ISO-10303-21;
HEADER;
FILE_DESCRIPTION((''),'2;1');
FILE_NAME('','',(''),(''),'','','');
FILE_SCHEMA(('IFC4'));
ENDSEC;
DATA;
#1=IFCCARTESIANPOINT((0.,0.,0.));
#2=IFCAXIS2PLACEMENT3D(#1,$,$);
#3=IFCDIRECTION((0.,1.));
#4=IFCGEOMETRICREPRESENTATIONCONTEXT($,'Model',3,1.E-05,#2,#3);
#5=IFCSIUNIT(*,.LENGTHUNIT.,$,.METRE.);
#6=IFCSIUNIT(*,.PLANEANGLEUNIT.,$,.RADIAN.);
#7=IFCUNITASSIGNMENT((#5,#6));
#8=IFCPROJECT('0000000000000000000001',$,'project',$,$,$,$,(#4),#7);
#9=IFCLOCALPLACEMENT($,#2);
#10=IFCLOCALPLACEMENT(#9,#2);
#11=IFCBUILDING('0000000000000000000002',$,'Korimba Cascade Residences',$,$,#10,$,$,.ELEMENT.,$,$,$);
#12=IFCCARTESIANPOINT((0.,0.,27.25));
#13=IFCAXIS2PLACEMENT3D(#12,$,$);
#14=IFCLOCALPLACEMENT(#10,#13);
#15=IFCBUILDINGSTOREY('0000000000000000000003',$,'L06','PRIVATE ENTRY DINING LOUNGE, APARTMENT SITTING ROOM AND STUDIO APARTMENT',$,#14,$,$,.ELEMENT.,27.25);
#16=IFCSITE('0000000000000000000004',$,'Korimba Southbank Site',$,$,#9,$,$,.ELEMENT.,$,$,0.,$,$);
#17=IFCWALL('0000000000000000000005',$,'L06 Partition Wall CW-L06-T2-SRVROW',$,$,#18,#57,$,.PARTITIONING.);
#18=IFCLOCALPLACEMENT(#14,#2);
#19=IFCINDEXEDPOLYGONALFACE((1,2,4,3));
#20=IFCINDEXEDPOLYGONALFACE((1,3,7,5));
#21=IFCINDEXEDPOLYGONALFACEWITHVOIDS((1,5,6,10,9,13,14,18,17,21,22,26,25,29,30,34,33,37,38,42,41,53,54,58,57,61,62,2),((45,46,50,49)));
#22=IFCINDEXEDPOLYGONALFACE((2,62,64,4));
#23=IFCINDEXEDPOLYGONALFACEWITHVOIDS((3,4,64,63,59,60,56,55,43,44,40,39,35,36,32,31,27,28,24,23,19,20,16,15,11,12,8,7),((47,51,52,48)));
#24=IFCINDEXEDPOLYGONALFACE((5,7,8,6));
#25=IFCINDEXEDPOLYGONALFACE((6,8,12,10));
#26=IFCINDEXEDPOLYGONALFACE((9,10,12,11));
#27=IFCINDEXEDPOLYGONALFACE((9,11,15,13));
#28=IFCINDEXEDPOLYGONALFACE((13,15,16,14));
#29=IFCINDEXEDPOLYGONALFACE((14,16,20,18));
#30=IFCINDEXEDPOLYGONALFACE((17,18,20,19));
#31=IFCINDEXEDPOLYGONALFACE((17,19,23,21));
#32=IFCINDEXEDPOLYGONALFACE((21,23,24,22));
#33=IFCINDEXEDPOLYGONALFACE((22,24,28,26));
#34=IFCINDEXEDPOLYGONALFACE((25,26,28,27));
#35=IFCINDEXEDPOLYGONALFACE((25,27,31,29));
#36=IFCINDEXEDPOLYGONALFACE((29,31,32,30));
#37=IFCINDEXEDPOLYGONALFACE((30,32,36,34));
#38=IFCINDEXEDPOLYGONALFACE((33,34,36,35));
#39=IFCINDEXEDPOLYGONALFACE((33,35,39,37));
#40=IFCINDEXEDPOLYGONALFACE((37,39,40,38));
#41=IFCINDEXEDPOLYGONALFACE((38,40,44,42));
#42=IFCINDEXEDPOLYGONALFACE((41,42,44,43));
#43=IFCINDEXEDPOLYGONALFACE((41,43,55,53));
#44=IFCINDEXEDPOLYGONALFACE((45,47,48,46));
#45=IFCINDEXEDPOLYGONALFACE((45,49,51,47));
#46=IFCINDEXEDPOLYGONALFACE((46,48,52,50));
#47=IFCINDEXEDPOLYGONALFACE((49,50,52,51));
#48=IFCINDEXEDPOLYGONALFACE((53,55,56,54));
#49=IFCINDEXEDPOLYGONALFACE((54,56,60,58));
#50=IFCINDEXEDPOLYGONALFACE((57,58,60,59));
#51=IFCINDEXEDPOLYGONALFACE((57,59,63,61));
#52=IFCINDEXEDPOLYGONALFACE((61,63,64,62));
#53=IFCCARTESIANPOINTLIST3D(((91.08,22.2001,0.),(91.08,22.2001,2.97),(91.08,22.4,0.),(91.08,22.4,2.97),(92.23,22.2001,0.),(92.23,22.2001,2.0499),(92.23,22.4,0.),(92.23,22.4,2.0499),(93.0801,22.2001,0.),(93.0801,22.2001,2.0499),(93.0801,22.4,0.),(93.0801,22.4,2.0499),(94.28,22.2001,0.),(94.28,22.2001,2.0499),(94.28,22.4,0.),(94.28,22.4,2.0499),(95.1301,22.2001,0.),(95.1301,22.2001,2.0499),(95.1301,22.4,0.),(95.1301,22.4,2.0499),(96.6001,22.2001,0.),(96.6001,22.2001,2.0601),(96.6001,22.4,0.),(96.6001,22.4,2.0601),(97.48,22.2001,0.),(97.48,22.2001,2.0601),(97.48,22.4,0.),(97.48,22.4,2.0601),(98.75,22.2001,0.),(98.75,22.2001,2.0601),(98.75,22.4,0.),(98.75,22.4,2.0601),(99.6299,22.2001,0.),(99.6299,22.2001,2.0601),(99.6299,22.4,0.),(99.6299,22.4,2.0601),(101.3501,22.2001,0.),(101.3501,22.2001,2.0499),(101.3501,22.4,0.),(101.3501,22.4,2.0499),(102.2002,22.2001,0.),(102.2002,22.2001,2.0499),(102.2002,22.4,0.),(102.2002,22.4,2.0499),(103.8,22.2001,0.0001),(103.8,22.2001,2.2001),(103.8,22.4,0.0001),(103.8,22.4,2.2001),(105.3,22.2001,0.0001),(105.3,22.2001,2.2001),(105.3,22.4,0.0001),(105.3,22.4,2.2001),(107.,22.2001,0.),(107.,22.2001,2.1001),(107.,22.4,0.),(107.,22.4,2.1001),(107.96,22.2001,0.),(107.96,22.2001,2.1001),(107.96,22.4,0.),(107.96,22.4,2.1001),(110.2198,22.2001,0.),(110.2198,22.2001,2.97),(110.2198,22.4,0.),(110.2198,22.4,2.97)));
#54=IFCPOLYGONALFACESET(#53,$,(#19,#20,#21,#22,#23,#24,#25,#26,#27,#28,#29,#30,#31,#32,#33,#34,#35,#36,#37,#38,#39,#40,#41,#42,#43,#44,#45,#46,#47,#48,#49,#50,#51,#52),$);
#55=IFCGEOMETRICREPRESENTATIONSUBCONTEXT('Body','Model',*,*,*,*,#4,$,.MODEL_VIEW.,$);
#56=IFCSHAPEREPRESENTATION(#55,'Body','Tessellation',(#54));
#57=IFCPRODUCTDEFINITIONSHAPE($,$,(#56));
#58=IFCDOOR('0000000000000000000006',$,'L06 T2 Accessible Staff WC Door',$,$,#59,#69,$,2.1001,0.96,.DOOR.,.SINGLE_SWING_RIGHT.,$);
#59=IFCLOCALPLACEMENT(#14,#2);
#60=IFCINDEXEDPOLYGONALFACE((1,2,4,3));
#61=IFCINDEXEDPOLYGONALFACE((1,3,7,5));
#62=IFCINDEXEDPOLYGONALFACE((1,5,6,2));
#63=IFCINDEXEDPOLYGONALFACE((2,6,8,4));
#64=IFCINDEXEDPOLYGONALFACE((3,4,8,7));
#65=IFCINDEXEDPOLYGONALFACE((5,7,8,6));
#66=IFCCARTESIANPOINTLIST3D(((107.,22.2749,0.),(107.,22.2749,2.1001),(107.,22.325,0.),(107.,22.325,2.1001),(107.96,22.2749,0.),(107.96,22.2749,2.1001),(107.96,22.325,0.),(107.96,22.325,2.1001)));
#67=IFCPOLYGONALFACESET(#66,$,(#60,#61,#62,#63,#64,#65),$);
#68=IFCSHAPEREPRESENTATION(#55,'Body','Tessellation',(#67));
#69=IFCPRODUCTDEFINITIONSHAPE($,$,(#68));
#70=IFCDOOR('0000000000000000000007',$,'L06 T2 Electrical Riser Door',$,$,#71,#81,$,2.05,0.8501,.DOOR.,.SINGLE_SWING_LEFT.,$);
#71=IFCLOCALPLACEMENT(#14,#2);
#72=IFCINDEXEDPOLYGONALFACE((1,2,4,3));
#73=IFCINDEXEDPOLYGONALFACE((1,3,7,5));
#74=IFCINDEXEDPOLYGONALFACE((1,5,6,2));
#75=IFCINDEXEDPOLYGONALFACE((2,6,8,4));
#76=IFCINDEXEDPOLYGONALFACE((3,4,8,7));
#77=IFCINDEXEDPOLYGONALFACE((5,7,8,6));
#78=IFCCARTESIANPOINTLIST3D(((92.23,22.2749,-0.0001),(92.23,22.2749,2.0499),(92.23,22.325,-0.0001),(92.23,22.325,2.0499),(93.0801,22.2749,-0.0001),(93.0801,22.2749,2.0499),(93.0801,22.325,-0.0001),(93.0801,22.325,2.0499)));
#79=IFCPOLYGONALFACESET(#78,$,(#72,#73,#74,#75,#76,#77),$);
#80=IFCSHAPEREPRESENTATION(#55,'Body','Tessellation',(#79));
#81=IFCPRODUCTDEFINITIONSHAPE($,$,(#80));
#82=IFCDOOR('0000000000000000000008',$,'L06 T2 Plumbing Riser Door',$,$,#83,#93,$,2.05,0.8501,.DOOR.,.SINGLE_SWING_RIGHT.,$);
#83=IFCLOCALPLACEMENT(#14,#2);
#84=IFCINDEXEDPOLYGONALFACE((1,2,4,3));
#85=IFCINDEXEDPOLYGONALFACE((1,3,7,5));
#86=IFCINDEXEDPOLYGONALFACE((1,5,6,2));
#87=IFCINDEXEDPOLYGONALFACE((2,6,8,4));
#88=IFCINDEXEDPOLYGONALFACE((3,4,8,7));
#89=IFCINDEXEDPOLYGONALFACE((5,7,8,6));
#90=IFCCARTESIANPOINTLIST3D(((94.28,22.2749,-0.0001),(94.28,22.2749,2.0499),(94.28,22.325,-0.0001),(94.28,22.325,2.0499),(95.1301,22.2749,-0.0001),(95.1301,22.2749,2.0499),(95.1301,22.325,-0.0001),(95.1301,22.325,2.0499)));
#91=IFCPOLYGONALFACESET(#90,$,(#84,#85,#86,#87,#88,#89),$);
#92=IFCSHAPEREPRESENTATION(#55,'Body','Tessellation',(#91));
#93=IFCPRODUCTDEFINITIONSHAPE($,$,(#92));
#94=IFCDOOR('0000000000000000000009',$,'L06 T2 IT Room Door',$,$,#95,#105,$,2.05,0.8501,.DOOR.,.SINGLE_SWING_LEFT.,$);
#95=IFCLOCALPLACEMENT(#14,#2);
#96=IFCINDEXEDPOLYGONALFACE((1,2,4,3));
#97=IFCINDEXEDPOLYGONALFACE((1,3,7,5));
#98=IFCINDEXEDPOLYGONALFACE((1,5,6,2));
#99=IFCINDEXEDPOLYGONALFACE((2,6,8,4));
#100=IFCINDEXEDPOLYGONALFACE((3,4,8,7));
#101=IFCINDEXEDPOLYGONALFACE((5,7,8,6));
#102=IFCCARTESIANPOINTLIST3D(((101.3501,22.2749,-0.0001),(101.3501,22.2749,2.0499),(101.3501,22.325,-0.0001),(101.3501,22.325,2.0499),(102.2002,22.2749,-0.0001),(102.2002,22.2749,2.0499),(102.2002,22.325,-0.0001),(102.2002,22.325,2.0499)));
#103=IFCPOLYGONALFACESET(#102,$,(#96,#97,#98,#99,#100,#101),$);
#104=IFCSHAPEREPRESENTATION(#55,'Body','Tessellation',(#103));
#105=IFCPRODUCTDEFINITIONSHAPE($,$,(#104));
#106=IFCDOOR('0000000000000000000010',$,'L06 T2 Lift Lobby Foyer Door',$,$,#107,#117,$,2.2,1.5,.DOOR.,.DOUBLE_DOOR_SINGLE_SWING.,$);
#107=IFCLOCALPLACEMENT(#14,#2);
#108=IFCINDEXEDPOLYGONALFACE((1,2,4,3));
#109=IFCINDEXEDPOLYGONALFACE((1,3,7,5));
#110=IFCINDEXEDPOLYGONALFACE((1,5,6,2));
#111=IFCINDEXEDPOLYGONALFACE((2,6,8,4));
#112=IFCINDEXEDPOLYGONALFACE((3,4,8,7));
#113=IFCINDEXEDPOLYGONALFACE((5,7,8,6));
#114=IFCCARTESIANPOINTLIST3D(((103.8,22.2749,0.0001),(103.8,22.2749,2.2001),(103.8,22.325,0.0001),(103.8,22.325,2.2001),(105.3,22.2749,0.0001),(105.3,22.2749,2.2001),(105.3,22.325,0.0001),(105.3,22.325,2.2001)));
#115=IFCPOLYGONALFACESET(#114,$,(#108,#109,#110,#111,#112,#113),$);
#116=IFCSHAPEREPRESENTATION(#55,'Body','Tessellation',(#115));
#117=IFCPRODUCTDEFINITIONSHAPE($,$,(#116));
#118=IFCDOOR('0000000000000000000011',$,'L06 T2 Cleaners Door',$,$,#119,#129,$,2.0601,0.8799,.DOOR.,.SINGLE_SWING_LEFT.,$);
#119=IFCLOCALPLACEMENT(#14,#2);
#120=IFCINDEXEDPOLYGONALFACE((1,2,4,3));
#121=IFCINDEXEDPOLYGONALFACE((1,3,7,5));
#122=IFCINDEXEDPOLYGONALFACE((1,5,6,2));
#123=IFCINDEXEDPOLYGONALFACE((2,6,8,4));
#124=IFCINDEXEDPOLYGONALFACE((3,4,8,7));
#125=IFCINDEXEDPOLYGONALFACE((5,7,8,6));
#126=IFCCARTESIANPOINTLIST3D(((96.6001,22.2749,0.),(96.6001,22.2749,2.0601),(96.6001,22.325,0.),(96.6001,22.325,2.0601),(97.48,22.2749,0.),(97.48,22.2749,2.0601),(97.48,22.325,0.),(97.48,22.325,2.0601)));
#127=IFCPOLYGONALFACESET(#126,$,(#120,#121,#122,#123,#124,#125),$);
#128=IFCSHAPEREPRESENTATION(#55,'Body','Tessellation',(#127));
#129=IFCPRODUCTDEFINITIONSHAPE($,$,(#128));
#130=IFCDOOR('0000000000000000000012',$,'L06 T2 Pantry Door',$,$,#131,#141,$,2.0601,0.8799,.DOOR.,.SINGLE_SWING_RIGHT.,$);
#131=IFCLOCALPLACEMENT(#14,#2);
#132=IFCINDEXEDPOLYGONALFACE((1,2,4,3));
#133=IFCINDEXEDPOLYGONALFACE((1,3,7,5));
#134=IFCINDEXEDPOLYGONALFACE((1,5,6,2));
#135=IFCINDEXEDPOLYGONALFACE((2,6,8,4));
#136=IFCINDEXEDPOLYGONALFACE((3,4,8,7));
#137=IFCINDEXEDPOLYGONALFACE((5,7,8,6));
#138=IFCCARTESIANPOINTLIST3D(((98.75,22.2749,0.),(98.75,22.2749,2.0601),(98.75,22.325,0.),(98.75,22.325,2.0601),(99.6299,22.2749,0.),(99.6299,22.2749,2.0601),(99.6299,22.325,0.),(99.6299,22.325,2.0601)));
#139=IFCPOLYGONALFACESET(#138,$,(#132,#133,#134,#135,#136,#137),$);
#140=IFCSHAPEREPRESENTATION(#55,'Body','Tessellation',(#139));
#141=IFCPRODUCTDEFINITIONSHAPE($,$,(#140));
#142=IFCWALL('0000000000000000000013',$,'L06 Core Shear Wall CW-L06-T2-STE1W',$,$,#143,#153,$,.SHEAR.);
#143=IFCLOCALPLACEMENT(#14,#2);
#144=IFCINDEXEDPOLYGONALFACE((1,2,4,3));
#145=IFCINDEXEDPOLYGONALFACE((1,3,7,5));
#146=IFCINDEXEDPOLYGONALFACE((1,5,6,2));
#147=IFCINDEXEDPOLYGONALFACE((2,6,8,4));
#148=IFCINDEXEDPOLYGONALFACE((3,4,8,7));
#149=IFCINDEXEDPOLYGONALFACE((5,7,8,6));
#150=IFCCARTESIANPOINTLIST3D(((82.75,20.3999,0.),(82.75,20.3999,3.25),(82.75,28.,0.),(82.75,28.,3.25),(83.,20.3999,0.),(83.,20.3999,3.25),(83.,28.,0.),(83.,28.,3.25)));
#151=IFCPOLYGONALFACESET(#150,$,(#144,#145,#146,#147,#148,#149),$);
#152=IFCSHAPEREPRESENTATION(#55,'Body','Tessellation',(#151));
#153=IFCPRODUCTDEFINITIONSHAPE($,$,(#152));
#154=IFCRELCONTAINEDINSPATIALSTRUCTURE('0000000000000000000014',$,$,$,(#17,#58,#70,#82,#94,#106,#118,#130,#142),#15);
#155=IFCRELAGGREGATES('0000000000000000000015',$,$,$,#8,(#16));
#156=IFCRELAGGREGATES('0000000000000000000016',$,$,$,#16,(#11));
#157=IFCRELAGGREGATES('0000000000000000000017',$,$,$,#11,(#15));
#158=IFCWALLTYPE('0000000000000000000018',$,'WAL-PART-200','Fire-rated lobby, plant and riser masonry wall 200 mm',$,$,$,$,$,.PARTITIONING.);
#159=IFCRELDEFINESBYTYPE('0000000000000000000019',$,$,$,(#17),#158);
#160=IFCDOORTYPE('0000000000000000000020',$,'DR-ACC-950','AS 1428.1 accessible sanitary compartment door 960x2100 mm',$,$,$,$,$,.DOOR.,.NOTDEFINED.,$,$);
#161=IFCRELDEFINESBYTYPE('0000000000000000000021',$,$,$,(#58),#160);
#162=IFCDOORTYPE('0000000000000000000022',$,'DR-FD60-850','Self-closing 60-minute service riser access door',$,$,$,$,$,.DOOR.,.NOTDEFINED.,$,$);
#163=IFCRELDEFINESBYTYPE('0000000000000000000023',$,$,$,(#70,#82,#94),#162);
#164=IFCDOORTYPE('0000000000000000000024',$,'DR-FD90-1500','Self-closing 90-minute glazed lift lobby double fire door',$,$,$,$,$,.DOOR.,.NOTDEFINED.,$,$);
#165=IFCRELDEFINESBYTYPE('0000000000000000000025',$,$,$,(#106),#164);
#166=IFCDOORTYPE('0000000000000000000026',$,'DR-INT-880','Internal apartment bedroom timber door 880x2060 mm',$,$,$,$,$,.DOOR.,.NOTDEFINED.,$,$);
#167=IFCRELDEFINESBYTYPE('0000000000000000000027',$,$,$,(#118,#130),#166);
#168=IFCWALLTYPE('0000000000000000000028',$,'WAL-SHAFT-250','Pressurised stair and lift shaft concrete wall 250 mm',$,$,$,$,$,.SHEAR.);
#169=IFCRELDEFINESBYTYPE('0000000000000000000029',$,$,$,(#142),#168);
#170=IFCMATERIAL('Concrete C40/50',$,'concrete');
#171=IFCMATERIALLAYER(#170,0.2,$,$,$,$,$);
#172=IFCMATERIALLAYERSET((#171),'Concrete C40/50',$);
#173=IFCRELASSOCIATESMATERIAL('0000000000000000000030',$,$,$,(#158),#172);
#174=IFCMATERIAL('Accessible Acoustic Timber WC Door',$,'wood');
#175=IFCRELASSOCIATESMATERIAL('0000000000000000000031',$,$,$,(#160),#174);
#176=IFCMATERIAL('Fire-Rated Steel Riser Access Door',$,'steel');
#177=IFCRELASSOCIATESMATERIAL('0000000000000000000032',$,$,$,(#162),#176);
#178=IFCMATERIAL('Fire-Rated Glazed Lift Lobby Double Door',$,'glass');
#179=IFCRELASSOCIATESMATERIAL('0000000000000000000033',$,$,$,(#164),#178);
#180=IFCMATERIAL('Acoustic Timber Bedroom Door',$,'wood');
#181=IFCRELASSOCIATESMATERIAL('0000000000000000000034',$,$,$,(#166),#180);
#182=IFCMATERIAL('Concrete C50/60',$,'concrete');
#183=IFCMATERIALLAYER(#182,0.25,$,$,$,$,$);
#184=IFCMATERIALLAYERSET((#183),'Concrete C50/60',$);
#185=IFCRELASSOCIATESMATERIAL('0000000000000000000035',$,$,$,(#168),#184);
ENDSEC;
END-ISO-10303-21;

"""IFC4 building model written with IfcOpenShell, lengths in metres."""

from ifc_helpers import new_model, si_unit, direction, frame, frame_2d, origin, place, context, subcontext, project, spatial, rectangle, extrude, material, layer, layer_set, type_object, element, fill, save


model = new_model("IFC4")

# Units and contexts
model_context = context("Model", 3, precision=1e-05, world=origin(), true_north=direction((0.0, 1.0)))
body_context = subcontext(model_context, "Body", "Model", "MODEL_VIEW")
ifc_project = project(units=[si_unit("LENGTHUNIT", "METRE"), si_unit("PLANEANGLEUNIT", "RADIAN")], contexts=[model_context])

# Site, building, storey
site_placement = place(None, origin())
site = spatial("IfcSite", under=ifc_project, at=site_placement, Name="Korimba Southbank Site", CompositionType="ELEMENT", RefElevation=0.0)
building_placement = place(site_placement, origin())
building = spatial("IfcBuilding", under=site, at=building_placement, Name="Korimba Cascade Residences", CompositionType="ELEMENT")
storey_placement = place(building_placement, frame((0.0, 0.0, 27.25)))
storey = spatial("IfcBuildingStorey", under=building, at=storey_placement, Name="L06", Description="PRIVATE ENTRY DINING LOUNGE, APARTMENT SITTING ROOM AND STUDIO APARTMENT", CompositionType="ELEMENT", Elevation=27.25)

# Shared definitions
ifc_material_1 = material(Name="Concrete C50/60", Category="concrete")

# Shared definitions
ifc_material_2 = material(Name="Concrete C40/50", Category="concrete")
ifc_layer_1 = layer(ifc_material_2, 0.2)
ifc_layer_set_1 = layer_set([ifc_layer_1], Name="Concrete C40/50")
wall_type_1 = type_object("IfcWallType", Name="WAL-PART-200", Description="Fire-rated lobby, plant and riser masonry wall 200 mm", PredefinedType="PARTITIONING", material=ifc_layer_set_1)

# Wall, openings, doors
wall_1_placement = place(storey_placement, frame((91.0801, 22.3, 0.0), z_axis=(0.0, 0.0, 1.0), x_axis=(1.0, 0.0, 0.0)))
wall_1 = element("IfcWall", 1, at=wall_1_placement, inside=storey, type_object=wall_type_1, Name="L06 Partition Wall CW-L06-T2-SRVROW", PredefinedType="PARTITIONING", context=body_context, shape_type="SweptSolid", body=[
    extrude(rectangle(XDim=19.1399, YDim=0.2, at=frame_2d((9.5698, 0.0))), origin(), (0.0, 0.0, 1.0), 2.97),
])
opening_1_placement = place(wall_1_placement, frame((1.1499, 0.0, 0.0)))
opening_1 = element("IfcOpeningElement", 2, at=opening_1_placement, cuts=wall_1, PredefinedType="OPENING", context=body_context, shape_type="SweptSolid", body=[
    extrude(rectangle(XDim=0.8501, YDim=2.05, at=frame_2d((0.425, 1.0249))), frame((0.0, 0.1099, 0.0), z_axis=(0.0, -1.0, 0.0), x_axis=(1.0, 0.0, 0.0)), (0.0, 0.0, 1.0), 0.22),
])
opening_2_placement = place(wall_1_placement, frame((3.2, 0.0, 0.0)))
opening_2 = element("IfcOpeningElement", 3, at=opening_2_placement, cuts=wall_1, PredefinedType="OPENING", context=body_context, shape_type="SweptSolid", body=[
    extrude(rectangle(XDim=0.8501, YDim=2.05, at=frame_2d((0.425, 1.0249))), frame((0.0, 0.1099, 0.0), z_axis=(0.0, -1.0, 0.0), x_axis=(1.0, 0.0, 0.0)), (0.0, 0.0, 1.0), 0.22),
])
opening_3_placement = place(wall_1_placement, frame((12.72, 0.0, 0.0)))
opening_3 = element("IfcOpeningElement", 4, at=opening_3_placement, cuts=wall_1, PredefinedType="OPENING", context=body_context, shape_type="SweptSolid", body=[
    extrude(rectangle(XDim=1.5, YDim=2.2, at=frame_2d((0.75, 1.1001))), frame((0.0, 0.1099, 0.0), z_axis=(0.0, -1.0, 0.0), x_axis=(1.0, 0.0, 0.0)), (0.0, 0.0, 1.0), 0.22),
])
opening_4_placement = place(wall_1_placement, frame((5.52, 0.0, 0.0)))
opening_4 = element("IfcOpeningElement", 5, at=opening_4_placement, cuts=wall_1, PredefinedType="OPENING", context=body_context, shape_type="SweptSolid", body=[
    extrude(rectangle(XDim=0.8799, YDim=2.0601, at=frame_2d((0.4399, 1.03))), frame((0.0, 0.1099, 0.0), z_axis=(0.0, -1.0, 0.0), x_axis=(1.0, 0.0, 0.0)), (0.0, 0.0, 1.0), 0.22),
])
opening_5_placement = place(wall_1_placement, frame((7.6699, 0.0, 0.0)))
opening_5 = element("IfcOpeningElement", 6, at=opening_5_placement, cuts=wall_1, PredefinedType="OPENING", context=body_context, shape_type="SweptSolid", body=[
    extrude(rectangle(XDim=0.8799, YDim=2.0601, at=frame_2d((0.4399, 1.03))), frame((0.0, 0.1099, 0.0), z_axis=(0.0, -1.0, 0.0), x_axis=(1.0, 0.0, 0.0)), (0.0, 0.0, 1.0), 0.22),
])
opening_6_placement = place(wall_1_placement, frame((10.27, 0.0, 0.0)))
opening_6 = element("IfcOpeningElement", 7, at=opening_6_placement, cuts=wall_1, PredefinedType="OPENING", context=body_context, shape_type="SweptSolid", body=[
    extrude(rectangle(XDim=0.8501, YDim=2.05, at=frame_2d((0.425, 1.0249))), frame((0.0, 0.1099, 0.0), z_axis=(0.0, -1.0, 0.0), x_axis=(1.0, 0.0, 0.0)), (0.0, 0.0, 1.0), 0.22),
])
opening_7_placement = place(wall_1_placement, frame((15.9199, 0.0, 0.0)))
opening_7 = element("IfcOpeningElement", 8, at=opening_7_placement, cuts=wall_1, PredefinedType="OPENING", context=body_context, shape_type="SweptSolid", body=[
    extrude(rectangle(XDim=0.96, YDim=2.1001, at=frame_2d((0.48, 1.05))), frame((0.0, 0.1099, 0.0), z_axis=(0.0, -1.0, 0.0), x_axis=(1.0, 0.0, 0.0)), (0.0, 0.0, 1.0), 0.22),
])
ifc_material_3 = material(Name="Accessible Acoustic Timber WC Door", Category="wood")
door_type_1 = type_object("IfcDoorType", Name="DR-ACC-950", Description="AS 1428.1 accessible sanitary compartment door 960x2100 mm", OperationType="NOTDEFINED", PredefinedType="DOOR", material=ifc_material_3)
door_1_placement = place(opening_7_placement, origin())
door_1 = element("IfcDoor", 9, at=door_1_placement, inside=storey, type_object=door_type_1, Name="L06 T2 Accessible Staff WC Door", OperationType="SINGLE_SWING_RIGHT", OverallHeight=2.1001, OverallWidth=0.96, PredefinedType="DOOR", context=body_context, shape_type="SweptSolid", body=[
    extrude(rectangle(XDim=0.96, YDim=2.1001, at=frame_2d((0.48, 1.05))), frame((0.0, 0.0249, 0.0), z_axis=(0.0, -1.0, 0.0), x_axis=(1.0, 0.0, 0.0)), (0.0, 0.0, 1.0), 0.05),
])
fill(opening_7, door_1)
ifc_material_4 = material(Name="Fire-Rated Steel Riser Access Door", Category="steel")
door_type_2 = type_object("IfcDoorType", Name="DR-FD60-850", Description="Self-closing 60-minute service riser access door", OperationType="NOTDEFINED", PredefinedType="DOOR", material=ifc_material_4)
door_2_placement = place(opening_1_placement, origin())
door_2 = element("IfcDoor", 10, at=door_2_placement, inside=storey, type_object=door_type_2, Name="L06 T2 Electrical Riser Door", OperationType="SINGLE_SWING_LEFT", OverallHeight=2.05, OverallWidth=0.8501, PredefinedType="DOOR", context=body_context, shape_type="SweptSolid", body=[
    extrude(rectangle(XDim=0.8501, YDim=2.05, at=frame_2d((0.425, 1.0249))), frame((0.0, 0.0249, 0.0), z_axis=(0.0, -1.0, 0.0), x_axis=(1.0, 0.0, 0.0)), (0.0, 0.0, 1.0), 0.05),
])
fill(opening_1, door_2)
door_3_placement = place(opening_2_placement, origin())
door_3 = element("IfcDoor", 11, at=door_3_placement, inside=storey, type_object=door_type_2, Name="L06 T2 Plumbing Riser Door", OperationType="SINGLE_SWING_RIGHT", OverallHeight=2.05, OverallWidth=0.8501, PredefinedType="DOOR", context=body_context, shape_type="SweptSolid", body=[
    extrude(rectangle(XDim=0.8501, YDim=2.05, at=frame_2d((0.425, 1.0249))), frame((0.0, 0.0249, 0.0), z_axis=(0.0, -1.0, 0.0), x_axis=(1.0, 0.0, 0.0)), (0.0, 0.0, 1.0), 0.05),
])
fill(opening_2, door_3)
door_4_placement = place(opening_6_placement, origin())
door_4 = element("IfcDoor", 12, at=door_4_placement, inside=storey, type_object=door_type_2, Name="L06 T2 IT Room Door", OperationType="SINGLE_SWING_LEFT", OverallHeight=2.05, OverallWidth=0.8501, PredefinedType="DOOR", context=body_context, shape_type="SweptSolid", body=[
    extrude(rectangle(XDim=0.8501, YDim=2.05, at=frame_2d((0.425, 1.0249))), frame((0.0, 0.0249, 0.0), z_axis=(0.0, -1.0, 0.0), x_axis=(1.0, 0.0, 0.0)), (0.0, 0.0, 1.0), 0.05),
])
fill(opening_6, door_4)
ifc_material_5 = material(Name="Fire-Rated Glazed Lift Lobby Double Door", Category="glass")
door_type_3 = type_object("IfcDoorType", Name="DR-FD90-1500", Description="Self-closing 90-minute glazed lift lobby double fire door", OperationType="NOTDEFINED", PredefinedType="DOOR", material=ifc_material_5)
door_5_placement = place(opening_3_placement, origin())
door_5 = element("IfcDoor", 13, at=door_5_placement, inside=storey, type_object=door_type_3, Name="L06 T2 Lift Lobby Foyer Door", OperationType="DOUBLE_DOOR_SINGLE_SWING", OverallHeight=2.2, OverallWidth=1.5, PredefinedType="DOOR", context=body_context, shape_type="SweptSolid", body=[
    extrude(rectangle(XDim=1.5, YDim=2.2, at=frame_2d((0.75, 1.1001))), frame((0.0, 0.0249, 0.0), z_axis=(0.0, -1.0, 0.0), x_axis=(1.0, 0.0, 0.0)), (0.0, 0.0, 1.0), 0.05),
])
fill(opening_3, door_5)
ifc_material_6 = material(Name="Acoustic Timber Bedroom Door", Category="wood")
door_type_4 = type_object("IfcDoorType", Name="DR-INT-880", Description="Internal apartment bedroom timber door 880x2060 mm", OperationType="NOTDEFINED", PredefinedType="DOOR", material=ifc_material_6)
door_6_placement = place(opening_4_placement, origin())
door_6 = element("IfcDoor", 14, at=door_6_placement, inside=storey, type_object=door_type_4, Name="L06 T2 Cleaners Door", OperationType="SINGLE_SWING_LEFT", OverallHeight=2.0601, OverallWidth=0.8799, PredefinedType="DOOR", context=body_context, shape_type="SweptSolid", body=[
    extrude(rectangle(XDim=0.8799, YDim=2.0601, at=frame_2d((0.4399, 1.03))), frame((0.0, 0.0249, 0.0), z_axis=(0.0, -1.0, 0.0), x_axis=(1.0, 0.0, 0.0)), (0.0, 0.0, 1.0), 0.05),
])
fill(opening_4, door_6)
door_7_placement = place(opening_5_placement, origin())
door_7 = element("IfcDoor", 15, at=door_7_placement, inside=storey, type_object=door_type_4, Name="L06 T2 Pantry Door", OperationType="SINGLE_SWING_RIGHT", OverallHeight=2.0601, OverallWidth=0.8799, PredefinedType="DOOR", context=body_context, shape_type="SweptSolid", body=[
    extrude(rectangle(XDim=0.8799, YDim=2.0601, at=frame_2d((0.4399, 1.03))), frame((0.0, 0.0249, 0.0), z_axis=(0.0, -1.0, 0.0), x_axis=(1.0, 0.0, 0.0)), (0.0, 0.0, 1.0), 0.05),
])
fill(opening_5, door_7)

# Wall
ifc_layer_2 = layer(ifc_material_1, 0.25)
ifc_layer_set_2 = layer_set([ifc_layer_2], Name="Concrete C50/60")
wall_type_2 = type_object("IfcWallType", Name="WAL-SHAFT-250", Description="Pressurised stair and lift shaft concrete wall 250 mm", PredefinedType="SHEAR", material=ifc_layer_set_2)
wall_2_placement = place(storey_placement, frame((82.875, 20.3999, 0.0), z_axis=(0.0, 0.0, 1.0), x_axis=(0.0, 1.0, 0.0)))
element("IfcWall", 16, at=wall_2_placement, inside=storey, type_object=wall_type_2, Name="L06 Core Shear Wall CW-L06-T2-STE1W", PredefinedType="SHEAR", context=body_context, shape_type="SweptSolid", body=[
    extrude(rectangle(XDim=7.6001, YDim=0.25, at=frame_2d((3.8, 0.0))), origin(), (0.0, 0.0, 1.0), 3.25),
])

save(model, "model.ifc")
